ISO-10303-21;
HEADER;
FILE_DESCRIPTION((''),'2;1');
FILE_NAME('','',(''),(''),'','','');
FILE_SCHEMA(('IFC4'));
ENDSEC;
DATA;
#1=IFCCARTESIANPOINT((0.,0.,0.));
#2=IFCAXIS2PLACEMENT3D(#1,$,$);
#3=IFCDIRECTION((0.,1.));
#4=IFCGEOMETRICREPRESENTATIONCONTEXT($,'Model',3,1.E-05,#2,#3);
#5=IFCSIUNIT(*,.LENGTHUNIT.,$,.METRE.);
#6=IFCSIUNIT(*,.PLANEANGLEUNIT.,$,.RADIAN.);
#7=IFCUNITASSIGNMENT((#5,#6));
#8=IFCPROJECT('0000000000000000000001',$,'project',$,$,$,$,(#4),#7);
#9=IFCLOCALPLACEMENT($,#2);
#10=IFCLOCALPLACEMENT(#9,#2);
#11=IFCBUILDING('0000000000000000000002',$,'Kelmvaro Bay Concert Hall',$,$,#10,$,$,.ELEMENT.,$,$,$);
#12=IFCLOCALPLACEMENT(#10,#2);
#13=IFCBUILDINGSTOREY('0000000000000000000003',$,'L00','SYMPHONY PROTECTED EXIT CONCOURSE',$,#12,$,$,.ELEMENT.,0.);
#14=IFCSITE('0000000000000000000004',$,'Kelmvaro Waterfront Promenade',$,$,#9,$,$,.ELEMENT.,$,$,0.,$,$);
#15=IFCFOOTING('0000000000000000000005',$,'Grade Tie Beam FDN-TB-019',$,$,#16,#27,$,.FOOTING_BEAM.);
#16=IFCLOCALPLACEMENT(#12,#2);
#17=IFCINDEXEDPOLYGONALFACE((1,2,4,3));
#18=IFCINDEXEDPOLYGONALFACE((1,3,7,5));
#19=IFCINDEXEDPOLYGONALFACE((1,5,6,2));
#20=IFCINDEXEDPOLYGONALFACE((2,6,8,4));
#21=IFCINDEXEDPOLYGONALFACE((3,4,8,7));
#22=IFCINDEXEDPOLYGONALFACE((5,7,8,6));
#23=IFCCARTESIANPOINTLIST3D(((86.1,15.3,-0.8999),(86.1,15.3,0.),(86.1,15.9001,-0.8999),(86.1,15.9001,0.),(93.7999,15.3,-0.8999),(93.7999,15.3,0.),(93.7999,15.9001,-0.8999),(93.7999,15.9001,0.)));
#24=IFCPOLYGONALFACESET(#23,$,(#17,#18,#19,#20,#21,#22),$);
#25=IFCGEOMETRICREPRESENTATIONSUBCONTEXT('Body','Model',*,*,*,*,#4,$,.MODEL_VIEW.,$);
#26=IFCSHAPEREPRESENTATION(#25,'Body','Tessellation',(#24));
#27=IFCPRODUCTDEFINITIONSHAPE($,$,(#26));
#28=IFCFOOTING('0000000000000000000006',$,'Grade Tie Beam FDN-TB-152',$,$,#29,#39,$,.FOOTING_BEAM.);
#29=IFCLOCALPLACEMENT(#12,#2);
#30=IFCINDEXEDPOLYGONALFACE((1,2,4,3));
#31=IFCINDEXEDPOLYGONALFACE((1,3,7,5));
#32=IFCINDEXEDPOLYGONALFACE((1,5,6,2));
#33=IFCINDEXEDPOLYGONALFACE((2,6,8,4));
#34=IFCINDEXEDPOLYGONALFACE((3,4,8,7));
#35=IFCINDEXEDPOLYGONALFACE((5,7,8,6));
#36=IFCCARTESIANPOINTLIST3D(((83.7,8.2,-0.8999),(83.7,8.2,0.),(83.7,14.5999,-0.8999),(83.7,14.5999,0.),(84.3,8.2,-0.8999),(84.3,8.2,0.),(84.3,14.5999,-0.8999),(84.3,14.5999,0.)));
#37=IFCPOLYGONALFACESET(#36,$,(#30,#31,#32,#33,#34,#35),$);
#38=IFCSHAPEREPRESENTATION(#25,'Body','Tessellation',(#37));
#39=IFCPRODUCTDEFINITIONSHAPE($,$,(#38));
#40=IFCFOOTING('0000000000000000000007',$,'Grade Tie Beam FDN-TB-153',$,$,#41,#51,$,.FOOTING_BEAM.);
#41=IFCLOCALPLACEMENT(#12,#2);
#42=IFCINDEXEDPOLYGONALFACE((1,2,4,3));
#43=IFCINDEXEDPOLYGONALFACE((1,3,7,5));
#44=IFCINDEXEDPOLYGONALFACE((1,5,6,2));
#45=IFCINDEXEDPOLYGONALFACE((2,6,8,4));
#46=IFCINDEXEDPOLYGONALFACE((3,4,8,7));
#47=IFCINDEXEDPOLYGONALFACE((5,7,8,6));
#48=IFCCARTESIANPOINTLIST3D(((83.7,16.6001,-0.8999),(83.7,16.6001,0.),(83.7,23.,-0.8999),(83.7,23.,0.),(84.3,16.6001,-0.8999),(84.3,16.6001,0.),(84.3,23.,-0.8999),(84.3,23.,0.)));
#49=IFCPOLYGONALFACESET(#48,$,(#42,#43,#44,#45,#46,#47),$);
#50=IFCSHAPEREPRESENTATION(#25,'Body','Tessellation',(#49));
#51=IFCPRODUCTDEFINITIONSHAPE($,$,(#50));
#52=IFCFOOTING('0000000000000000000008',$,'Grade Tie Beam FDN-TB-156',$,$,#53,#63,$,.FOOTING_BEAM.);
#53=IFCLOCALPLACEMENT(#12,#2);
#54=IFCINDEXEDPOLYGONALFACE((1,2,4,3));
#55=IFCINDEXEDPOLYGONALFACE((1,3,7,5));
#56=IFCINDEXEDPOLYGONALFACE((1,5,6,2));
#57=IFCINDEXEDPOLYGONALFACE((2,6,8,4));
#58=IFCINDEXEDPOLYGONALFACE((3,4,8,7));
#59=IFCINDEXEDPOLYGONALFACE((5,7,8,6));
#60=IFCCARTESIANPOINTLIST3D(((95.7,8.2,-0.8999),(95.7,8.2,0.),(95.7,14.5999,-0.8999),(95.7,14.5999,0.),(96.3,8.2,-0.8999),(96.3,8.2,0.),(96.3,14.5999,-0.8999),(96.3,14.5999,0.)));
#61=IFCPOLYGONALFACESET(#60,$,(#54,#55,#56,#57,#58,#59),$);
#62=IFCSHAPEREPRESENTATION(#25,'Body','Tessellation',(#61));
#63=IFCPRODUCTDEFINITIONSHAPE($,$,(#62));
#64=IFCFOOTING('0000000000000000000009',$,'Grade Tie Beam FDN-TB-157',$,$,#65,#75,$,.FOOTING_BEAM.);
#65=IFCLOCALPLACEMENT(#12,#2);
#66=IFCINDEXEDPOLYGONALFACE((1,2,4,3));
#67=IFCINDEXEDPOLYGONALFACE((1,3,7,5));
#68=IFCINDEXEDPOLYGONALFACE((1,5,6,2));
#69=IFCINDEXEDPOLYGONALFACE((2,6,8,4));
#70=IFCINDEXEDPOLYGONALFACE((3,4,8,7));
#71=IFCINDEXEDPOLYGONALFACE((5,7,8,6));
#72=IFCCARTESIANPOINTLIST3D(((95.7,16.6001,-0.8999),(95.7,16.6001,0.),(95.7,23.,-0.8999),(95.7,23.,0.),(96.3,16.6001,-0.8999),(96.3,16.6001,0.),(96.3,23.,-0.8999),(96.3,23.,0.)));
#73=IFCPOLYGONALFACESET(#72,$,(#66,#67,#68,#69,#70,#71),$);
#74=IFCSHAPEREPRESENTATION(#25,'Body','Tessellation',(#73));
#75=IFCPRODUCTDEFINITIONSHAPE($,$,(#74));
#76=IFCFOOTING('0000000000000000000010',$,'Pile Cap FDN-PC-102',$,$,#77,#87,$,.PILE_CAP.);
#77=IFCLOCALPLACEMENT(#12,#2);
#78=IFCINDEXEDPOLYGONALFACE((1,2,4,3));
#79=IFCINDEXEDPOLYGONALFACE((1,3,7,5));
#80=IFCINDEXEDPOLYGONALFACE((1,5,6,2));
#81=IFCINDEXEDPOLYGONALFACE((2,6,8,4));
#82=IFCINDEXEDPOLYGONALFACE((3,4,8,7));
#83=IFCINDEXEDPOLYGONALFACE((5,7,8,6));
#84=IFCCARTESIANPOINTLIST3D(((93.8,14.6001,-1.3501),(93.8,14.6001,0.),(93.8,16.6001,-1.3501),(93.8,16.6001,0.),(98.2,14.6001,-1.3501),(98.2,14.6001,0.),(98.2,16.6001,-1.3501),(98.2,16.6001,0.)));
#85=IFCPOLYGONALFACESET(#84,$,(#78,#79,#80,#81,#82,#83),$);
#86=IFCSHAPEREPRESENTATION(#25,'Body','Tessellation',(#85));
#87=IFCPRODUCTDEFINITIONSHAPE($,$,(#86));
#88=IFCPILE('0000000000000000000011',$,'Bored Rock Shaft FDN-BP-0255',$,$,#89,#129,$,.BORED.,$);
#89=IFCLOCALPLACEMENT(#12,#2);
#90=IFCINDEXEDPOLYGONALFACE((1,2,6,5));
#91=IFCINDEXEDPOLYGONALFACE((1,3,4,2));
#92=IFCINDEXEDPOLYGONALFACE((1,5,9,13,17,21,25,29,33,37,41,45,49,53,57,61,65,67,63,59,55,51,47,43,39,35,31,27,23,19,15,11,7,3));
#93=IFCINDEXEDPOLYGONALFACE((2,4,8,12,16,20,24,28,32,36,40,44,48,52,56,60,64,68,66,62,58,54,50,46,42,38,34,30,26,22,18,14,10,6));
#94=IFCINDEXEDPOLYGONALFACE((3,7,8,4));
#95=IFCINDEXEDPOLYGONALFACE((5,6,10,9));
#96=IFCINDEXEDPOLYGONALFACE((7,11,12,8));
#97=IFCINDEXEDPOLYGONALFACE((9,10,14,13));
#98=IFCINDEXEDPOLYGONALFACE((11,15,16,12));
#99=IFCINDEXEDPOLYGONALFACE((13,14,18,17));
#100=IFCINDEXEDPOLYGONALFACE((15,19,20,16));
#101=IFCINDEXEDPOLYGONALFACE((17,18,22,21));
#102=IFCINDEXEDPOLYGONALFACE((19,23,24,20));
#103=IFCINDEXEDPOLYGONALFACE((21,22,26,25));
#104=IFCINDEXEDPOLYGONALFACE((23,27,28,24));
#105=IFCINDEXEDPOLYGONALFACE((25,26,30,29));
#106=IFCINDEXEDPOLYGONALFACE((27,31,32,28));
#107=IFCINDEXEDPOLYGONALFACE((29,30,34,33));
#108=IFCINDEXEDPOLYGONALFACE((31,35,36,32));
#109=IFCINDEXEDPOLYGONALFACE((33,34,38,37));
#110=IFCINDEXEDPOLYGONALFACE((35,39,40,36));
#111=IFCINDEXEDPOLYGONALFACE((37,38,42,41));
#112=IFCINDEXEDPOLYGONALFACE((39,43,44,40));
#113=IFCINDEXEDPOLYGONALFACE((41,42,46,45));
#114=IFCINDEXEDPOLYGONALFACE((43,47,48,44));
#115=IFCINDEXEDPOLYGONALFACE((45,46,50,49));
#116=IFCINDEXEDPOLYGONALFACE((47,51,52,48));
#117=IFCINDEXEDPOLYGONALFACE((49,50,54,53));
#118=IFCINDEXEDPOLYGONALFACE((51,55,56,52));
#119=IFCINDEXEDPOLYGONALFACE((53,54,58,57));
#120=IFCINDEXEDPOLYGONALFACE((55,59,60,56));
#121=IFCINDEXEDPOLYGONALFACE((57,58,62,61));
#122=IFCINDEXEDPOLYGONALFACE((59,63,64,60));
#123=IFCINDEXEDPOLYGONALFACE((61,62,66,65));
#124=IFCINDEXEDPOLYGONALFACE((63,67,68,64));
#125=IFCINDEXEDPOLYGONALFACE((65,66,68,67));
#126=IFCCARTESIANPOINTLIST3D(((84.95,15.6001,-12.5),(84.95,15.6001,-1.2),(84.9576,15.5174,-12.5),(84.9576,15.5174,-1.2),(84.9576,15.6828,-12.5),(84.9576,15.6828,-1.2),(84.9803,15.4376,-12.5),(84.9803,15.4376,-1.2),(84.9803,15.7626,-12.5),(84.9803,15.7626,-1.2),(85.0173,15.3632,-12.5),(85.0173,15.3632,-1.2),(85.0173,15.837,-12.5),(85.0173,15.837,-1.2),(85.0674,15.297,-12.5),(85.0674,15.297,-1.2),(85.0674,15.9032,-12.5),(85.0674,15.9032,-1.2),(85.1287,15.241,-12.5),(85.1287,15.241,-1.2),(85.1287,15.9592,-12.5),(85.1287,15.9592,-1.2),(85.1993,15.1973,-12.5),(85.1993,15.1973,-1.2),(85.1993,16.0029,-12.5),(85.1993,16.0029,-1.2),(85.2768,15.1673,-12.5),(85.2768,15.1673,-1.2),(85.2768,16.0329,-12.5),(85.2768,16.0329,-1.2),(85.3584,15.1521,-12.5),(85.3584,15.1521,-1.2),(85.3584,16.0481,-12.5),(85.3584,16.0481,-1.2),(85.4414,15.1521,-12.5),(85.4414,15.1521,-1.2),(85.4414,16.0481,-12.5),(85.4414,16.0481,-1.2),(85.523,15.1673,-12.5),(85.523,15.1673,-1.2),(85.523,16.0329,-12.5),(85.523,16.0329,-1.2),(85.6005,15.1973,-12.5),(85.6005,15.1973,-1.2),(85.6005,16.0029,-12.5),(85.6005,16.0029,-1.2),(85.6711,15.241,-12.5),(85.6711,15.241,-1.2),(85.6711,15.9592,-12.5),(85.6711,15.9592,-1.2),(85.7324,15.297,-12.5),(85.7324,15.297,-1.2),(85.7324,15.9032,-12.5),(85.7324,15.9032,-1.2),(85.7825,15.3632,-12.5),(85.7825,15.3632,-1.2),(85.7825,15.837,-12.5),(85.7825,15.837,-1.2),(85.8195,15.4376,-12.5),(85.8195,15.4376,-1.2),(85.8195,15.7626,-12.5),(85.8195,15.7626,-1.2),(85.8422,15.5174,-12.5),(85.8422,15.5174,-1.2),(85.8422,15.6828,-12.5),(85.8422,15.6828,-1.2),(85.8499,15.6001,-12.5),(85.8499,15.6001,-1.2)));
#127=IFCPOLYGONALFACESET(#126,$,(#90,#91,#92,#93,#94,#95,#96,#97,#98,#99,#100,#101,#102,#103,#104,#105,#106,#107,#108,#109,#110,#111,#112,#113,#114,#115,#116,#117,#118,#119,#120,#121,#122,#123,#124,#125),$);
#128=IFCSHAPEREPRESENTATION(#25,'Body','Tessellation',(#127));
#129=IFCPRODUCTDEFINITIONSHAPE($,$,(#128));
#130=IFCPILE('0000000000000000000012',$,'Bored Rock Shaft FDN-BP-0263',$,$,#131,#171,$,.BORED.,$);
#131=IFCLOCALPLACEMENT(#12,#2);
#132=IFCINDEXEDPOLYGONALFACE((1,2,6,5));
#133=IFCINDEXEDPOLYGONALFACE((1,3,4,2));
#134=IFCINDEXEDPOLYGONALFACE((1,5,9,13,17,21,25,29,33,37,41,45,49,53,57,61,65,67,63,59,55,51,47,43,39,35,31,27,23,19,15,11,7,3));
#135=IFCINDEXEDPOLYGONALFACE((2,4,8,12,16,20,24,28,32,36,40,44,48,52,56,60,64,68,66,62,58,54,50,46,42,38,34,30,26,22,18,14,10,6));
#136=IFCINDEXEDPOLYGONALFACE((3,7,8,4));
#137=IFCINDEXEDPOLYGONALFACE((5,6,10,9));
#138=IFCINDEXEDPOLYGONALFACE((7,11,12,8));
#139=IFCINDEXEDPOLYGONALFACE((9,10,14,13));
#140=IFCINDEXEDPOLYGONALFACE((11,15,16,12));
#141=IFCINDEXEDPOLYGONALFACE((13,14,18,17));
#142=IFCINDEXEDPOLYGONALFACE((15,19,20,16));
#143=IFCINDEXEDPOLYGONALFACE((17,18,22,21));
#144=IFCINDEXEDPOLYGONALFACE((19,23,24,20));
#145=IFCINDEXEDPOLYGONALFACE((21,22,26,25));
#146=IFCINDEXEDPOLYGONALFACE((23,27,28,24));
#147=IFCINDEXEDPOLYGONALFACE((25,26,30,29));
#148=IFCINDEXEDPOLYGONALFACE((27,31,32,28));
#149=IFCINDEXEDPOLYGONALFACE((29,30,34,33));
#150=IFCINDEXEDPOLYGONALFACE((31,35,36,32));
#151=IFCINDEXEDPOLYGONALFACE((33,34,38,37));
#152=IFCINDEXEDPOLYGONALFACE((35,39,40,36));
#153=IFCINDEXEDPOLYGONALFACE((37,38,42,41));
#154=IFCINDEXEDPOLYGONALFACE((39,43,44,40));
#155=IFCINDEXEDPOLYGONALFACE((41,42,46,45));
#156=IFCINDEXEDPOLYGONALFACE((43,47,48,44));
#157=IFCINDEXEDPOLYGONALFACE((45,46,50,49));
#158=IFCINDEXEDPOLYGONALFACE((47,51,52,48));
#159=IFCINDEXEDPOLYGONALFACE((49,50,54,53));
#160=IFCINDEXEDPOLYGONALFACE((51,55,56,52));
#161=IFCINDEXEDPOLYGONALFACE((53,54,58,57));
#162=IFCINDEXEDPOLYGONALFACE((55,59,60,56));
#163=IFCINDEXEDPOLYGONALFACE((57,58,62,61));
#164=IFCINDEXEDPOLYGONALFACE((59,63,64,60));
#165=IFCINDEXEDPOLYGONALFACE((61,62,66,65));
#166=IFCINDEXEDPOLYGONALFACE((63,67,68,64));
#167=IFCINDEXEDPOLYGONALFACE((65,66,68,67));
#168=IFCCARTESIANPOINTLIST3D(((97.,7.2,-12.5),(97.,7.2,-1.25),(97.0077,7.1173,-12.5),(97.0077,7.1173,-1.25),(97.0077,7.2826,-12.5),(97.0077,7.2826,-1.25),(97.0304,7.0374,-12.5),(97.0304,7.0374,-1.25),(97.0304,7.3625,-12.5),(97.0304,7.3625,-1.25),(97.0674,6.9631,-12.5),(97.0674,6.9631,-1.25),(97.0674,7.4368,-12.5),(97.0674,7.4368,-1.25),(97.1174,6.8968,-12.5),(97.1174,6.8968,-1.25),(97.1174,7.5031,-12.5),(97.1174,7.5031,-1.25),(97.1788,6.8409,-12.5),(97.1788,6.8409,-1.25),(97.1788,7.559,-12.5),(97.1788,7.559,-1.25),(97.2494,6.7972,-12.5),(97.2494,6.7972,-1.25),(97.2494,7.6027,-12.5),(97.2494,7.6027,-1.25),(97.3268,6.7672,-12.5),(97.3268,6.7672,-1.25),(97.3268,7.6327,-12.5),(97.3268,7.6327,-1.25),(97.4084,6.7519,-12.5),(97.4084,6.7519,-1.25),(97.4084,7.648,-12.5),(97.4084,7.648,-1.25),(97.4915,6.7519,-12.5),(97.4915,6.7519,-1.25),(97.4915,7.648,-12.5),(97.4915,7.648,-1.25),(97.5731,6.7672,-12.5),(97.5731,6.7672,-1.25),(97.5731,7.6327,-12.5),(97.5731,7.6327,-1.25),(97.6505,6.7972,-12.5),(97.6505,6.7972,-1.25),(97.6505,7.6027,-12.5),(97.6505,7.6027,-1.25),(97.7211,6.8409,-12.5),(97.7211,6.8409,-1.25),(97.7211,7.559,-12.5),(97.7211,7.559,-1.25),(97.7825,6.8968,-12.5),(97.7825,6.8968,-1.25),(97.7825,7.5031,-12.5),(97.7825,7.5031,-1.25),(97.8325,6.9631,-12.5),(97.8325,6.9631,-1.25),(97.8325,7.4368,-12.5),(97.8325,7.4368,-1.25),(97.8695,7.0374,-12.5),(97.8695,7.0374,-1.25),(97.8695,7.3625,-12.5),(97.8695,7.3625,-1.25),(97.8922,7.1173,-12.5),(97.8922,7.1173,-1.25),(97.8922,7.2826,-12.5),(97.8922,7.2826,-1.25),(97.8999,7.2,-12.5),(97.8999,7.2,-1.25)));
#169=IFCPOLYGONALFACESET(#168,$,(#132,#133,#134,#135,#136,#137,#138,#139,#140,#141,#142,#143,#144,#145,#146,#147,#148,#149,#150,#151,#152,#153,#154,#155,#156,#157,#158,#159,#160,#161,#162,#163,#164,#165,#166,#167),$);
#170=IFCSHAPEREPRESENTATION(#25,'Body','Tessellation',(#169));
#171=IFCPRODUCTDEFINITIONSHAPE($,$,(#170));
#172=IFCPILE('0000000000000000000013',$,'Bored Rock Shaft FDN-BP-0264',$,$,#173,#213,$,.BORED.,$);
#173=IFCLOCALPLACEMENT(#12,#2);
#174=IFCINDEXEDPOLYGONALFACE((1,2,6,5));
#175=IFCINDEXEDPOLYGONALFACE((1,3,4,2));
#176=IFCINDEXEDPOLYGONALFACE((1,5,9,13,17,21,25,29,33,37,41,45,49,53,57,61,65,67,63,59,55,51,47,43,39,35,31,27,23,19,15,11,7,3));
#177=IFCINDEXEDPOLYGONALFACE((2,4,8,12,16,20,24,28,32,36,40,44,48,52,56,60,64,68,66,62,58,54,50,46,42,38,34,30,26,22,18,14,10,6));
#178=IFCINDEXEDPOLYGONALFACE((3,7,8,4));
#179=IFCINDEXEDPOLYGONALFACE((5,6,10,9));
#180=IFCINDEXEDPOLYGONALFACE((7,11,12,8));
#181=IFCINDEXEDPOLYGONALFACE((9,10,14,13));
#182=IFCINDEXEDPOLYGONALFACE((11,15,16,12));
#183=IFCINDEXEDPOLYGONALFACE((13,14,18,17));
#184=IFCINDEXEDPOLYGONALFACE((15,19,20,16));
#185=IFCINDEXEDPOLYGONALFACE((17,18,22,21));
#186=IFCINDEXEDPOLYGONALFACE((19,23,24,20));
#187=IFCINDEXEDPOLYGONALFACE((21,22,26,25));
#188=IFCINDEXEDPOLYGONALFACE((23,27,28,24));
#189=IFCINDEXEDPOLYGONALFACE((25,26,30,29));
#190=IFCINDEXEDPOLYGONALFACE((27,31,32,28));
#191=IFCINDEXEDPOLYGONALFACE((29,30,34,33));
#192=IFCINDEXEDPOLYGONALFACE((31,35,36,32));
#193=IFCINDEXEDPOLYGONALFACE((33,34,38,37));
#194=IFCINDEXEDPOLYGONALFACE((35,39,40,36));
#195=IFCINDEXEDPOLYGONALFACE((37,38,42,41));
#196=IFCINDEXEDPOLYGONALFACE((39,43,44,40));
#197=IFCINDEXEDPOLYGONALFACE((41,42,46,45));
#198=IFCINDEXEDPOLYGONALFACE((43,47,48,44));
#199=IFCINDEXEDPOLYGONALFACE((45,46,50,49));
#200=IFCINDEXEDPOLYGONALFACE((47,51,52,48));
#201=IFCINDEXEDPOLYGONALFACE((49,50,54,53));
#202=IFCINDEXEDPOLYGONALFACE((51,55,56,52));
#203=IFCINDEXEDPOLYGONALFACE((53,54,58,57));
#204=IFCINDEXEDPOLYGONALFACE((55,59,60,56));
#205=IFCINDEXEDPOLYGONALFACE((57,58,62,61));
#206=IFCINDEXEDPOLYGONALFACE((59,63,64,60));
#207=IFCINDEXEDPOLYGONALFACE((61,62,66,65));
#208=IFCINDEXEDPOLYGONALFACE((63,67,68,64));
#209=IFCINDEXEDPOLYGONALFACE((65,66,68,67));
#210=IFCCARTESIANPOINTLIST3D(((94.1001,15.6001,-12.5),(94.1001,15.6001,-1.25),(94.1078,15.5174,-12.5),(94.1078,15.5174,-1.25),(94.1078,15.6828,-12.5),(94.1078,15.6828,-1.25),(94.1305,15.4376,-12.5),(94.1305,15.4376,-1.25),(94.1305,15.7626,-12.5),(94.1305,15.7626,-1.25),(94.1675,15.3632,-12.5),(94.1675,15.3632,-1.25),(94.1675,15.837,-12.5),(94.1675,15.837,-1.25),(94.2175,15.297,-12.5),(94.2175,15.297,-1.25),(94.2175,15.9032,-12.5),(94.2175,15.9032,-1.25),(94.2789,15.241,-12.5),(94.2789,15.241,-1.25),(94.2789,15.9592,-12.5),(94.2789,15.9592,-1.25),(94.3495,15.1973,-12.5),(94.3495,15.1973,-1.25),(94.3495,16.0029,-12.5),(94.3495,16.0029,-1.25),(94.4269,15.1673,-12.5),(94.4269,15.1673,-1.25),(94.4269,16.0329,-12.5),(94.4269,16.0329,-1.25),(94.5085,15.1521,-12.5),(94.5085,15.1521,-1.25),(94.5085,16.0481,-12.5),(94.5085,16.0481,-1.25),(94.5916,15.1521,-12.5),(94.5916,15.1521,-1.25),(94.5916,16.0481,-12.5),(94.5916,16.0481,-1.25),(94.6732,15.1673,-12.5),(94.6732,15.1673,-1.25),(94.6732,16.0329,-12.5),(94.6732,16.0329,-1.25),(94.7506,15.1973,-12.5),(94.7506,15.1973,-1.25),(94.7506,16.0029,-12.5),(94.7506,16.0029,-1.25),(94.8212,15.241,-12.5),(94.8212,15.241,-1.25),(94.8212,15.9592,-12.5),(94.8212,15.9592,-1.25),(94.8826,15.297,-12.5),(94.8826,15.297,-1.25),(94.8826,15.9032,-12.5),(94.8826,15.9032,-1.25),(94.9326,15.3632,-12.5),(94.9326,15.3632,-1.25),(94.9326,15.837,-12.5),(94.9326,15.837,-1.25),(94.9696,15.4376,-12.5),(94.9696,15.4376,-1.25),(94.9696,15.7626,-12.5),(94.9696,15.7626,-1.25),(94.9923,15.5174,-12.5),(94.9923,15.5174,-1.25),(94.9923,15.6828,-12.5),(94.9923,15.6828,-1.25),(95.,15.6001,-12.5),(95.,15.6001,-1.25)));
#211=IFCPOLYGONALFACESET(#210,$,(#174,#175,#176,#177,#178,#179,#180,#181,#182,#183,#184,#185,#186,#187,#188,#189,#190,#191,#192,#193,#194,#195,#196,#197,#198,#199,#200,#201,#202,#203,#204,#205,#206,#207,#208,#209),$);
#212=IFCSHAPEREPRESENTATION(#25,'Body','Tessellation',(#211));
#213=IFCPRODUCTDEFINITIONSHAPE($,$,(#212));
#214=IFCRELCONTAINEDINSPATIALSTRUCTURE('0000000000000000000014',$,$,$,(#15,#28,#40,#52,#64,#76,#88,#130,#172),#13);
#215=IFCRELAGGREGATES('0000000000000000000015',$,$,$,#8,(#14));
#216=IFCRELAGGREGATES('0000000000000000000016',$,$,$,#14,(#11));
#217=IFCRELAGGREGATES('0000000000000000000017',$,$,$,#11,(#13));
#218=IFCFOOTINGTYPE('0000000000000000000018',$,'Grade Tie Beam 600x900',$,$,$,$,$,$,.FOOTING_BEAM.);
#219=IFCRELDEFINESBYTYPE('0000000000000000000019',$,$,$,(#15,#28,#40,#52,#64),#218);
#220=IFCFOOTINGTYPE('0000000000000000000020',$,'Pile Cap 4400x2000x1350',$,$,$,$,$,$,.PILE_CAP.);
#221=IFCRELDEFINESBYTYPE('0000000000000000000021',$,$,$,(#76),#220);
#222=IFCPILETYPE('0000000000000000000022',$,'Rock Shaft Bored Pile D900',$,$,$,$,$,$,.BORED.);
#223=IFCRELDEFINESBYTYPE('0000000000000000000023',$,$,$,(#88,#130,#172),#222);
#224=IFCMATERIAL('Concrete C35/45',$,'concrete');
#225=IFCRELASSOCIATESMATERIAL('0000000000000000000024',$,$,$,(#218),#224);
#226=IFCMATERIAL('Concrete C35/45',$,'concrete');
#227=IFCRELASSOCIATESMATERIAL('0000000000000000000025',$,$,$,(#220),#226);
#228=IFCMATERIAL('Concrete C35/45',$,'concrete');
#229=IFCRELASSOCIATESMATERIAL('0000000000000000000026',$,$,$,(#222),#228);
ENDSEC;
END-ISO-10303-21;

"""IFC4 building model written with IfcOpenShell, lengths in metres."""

from ifc_helpers import new_model, si_unit, direction, frame, origin, origin_2d, place, context, subcontext, project, spatial, rectangle, circle, extrude, material, material_profile, profile_set, type_object, element, save


model = new_model("IFC4")

# Units and contexts
model_context = context("Model", 3, precision=1e-05, world=origin(), true_north=direction((0.0, 1.0)))
body_context = subcontext(model_context, "Body", "Model", "MODEL_VIEW")
ifc_project = project(units=[si_unit("LENGTHUNIT", "METRE"), si_unit("PLANEANGLEUNIT", "RADIAN")], contexts=[model_context])

# Site, building, storey
site_placement = place(None, origin())
site = spatial("IfcSite", under=ifc_project, at=site_placement, Name="Kelmvaro Waterfront Promenade", CompositionType="ELEMENT", RefElevation=0.0)
building_placement = place(site_placement, origin())
building = spatial("IfcBuilding", under=site, at=building_placement, Name="Kelmvaro Bay Concert Hall", CompositionType="ELEMENT")
storey_placement = place(building_placement, origin())
storey = spatial("IfcBuildingStorey", under=building, at=storey_placement, Name="L00", Description="SYMPHONY PROTECTED EXIT CONCOURSE", CompositionType="ELEMENT", Elevation=0.0)

# Footings
ifc_material_1 = material(Name="Concrete C35/45", Category="concrete")
footing_type_1 = type_object("IfcFootingType", Name="Grade Tie Beam 600x900", PredefinedType="FOOTING_BEAM", material=ifc_material_1)
footing_1_placement = place(storey_placement, frame((89.95, 15.6001, -0.8999), z_axis=(0.0, 0.0, 1.0), x_axis=(1.0, 0.0, 0.0)))
element("IfcFooting", 1, at=footing_1_placement, inside=storey, type_object=footing_type_1, Name="Grade Tie Beam FDN-TB-019", PredefinedType="FOOTING_BEAM", context=body_context, shape_type="SweptSolid", body=[
    extrude(rectangle(XDim=7.7, YDim=0.6001, at=origin_2d()), origin(), (0.0, 0.0, 1.0), 0.8999),
])
for number, where, z_axis, x_axis, name in (
    (2, (84.0, 11.3999, -0.8999), (0.0, 0.0, 1.0), (0.0, 1.0, 0.0), "Grade Tie Beam FDN-TB-152"),
    (3, (84.0, 19.8, -0.8999), (0.0, 0.0, 1.0), (0.0, 1.0, 0.0), "Grade Tie Beam FDN-TB-153"),
    (4, (96.0, 11.3999, -0.8999), (0.0, 0.0, 1.0), (0.0, 1.0, 0.0), "Grade Tie Beam FDN-TB-156"),
    (5, (96.0, 19.8, -0.8999), (0.0, 0.0, 1.0), (0.0, 1.0, 0.0), "Grade Tie Beam FDN-TB-157"),
):
    element("IfcFooting", number, at=place(storey_placement, frame(where, z_axis=z_axis, x_axis=x_axis)), inside=storey, type_object=footing_type_1, Name=name, PredefinedType="FOOTING_BEAM", context=body_context, shape_type="SweptSolid", body=[
        extrude(rectangle(XDim=6.3999, YDim=0.6001, at=origin_2d()), origin(), (0.0, 0.0, 1.0), 0.8999),
    ])
ifc_material_2 = material(Name="Concrete C35/45", Category="concrete")
footing_type_2 = type_object("IfcFootingType", Name="Pile Cap 4400x2000x1350", PredefinedType="PILE_CAP", material=ifc_material_2)
footing_2_placement = place(storey_placement, frame((96.0, 15.6001, -1.3501), z_axis=(0.0, 0.0, 1.0), x_axis=(1.0, 0.0, 0.0)))
element("IfcFooting", 6, at=footing_2_placement, inside=storey, type_object=footing_type_2, Name="Pile Cap FDN-PC-102", PredefinedType="PILE_CAP", context=body_context, shape_type="SweptSolid", body=[
    extrude(rectangle(XDim=4.3999, YDim=2.0, at=origin_2d()), origin(), (0.0, 0.0, 1.0), 1.3501),
])

# Piles
ifc_material_3 = material(Name="Concrete C35/45", Category="concrete")
ifc_material_profile_1 = material_profile(ifc_material_3, circle(Radius=0.45, at=origin_2d()), Name="PILE-BORED-900")
ifc_profile_set_1 = profile_set([ifc_material_profile_1], Name="Concrete C35/45")
pile_type = type_object("IfcPileType", Name="Rock Shaft Bored Pile D900", PredefinedType="BORED", material=ifc_profile_set_1)
pile_placement = place(storey_placement, frame((85.3999, 15.6001, -1.2), z_axis=(0.0, 0.0, -1.0), x_axis=(1.0, 0.0, 0.0)))
element("IfcPile", 7, at=pile_placement, inside=storey, type_object=pile_type, Name="Bored Rock Shaft FDN-BP-0255", PredefinedType="BORED", context=body_context, shape_type="SweptSolid", body=[
    extrude(circle(Radius=0.45, at=origin_2d()), origin(), (0.0, 0.0, 1.0), 11.3),
])
for number, where, z_axis, x_axis, name in (
    (8, (97.45, 7.2, -1.25), (0.0, 0.0, -1.0), (1.0, 0.0, 0.0), "Bored Rock Shaft FDN-BP-0263"),
    (9, (94.55, 15.6001, -1.25), (0.0, 0.0, -1.0), (1.0, 0.0, 0.0), "Bored Rock Shaft FDN-BP-0264"),
):
    element("IfcPile", number, at=place(storey_placement, frame(where, z_axis=z_axis, x_axis=x_axis)), inside=storey, type_object=pile_type, Name=name, PredefinedType="BORED", context=body_context, shape_type="SweptSolid", body=[
        extrude(circle(Radius=0.45, at=origin_2d()), origin(), (0.0, 0.0, 1.0), 11.25),
    ])

save(model, "model.ifc")
